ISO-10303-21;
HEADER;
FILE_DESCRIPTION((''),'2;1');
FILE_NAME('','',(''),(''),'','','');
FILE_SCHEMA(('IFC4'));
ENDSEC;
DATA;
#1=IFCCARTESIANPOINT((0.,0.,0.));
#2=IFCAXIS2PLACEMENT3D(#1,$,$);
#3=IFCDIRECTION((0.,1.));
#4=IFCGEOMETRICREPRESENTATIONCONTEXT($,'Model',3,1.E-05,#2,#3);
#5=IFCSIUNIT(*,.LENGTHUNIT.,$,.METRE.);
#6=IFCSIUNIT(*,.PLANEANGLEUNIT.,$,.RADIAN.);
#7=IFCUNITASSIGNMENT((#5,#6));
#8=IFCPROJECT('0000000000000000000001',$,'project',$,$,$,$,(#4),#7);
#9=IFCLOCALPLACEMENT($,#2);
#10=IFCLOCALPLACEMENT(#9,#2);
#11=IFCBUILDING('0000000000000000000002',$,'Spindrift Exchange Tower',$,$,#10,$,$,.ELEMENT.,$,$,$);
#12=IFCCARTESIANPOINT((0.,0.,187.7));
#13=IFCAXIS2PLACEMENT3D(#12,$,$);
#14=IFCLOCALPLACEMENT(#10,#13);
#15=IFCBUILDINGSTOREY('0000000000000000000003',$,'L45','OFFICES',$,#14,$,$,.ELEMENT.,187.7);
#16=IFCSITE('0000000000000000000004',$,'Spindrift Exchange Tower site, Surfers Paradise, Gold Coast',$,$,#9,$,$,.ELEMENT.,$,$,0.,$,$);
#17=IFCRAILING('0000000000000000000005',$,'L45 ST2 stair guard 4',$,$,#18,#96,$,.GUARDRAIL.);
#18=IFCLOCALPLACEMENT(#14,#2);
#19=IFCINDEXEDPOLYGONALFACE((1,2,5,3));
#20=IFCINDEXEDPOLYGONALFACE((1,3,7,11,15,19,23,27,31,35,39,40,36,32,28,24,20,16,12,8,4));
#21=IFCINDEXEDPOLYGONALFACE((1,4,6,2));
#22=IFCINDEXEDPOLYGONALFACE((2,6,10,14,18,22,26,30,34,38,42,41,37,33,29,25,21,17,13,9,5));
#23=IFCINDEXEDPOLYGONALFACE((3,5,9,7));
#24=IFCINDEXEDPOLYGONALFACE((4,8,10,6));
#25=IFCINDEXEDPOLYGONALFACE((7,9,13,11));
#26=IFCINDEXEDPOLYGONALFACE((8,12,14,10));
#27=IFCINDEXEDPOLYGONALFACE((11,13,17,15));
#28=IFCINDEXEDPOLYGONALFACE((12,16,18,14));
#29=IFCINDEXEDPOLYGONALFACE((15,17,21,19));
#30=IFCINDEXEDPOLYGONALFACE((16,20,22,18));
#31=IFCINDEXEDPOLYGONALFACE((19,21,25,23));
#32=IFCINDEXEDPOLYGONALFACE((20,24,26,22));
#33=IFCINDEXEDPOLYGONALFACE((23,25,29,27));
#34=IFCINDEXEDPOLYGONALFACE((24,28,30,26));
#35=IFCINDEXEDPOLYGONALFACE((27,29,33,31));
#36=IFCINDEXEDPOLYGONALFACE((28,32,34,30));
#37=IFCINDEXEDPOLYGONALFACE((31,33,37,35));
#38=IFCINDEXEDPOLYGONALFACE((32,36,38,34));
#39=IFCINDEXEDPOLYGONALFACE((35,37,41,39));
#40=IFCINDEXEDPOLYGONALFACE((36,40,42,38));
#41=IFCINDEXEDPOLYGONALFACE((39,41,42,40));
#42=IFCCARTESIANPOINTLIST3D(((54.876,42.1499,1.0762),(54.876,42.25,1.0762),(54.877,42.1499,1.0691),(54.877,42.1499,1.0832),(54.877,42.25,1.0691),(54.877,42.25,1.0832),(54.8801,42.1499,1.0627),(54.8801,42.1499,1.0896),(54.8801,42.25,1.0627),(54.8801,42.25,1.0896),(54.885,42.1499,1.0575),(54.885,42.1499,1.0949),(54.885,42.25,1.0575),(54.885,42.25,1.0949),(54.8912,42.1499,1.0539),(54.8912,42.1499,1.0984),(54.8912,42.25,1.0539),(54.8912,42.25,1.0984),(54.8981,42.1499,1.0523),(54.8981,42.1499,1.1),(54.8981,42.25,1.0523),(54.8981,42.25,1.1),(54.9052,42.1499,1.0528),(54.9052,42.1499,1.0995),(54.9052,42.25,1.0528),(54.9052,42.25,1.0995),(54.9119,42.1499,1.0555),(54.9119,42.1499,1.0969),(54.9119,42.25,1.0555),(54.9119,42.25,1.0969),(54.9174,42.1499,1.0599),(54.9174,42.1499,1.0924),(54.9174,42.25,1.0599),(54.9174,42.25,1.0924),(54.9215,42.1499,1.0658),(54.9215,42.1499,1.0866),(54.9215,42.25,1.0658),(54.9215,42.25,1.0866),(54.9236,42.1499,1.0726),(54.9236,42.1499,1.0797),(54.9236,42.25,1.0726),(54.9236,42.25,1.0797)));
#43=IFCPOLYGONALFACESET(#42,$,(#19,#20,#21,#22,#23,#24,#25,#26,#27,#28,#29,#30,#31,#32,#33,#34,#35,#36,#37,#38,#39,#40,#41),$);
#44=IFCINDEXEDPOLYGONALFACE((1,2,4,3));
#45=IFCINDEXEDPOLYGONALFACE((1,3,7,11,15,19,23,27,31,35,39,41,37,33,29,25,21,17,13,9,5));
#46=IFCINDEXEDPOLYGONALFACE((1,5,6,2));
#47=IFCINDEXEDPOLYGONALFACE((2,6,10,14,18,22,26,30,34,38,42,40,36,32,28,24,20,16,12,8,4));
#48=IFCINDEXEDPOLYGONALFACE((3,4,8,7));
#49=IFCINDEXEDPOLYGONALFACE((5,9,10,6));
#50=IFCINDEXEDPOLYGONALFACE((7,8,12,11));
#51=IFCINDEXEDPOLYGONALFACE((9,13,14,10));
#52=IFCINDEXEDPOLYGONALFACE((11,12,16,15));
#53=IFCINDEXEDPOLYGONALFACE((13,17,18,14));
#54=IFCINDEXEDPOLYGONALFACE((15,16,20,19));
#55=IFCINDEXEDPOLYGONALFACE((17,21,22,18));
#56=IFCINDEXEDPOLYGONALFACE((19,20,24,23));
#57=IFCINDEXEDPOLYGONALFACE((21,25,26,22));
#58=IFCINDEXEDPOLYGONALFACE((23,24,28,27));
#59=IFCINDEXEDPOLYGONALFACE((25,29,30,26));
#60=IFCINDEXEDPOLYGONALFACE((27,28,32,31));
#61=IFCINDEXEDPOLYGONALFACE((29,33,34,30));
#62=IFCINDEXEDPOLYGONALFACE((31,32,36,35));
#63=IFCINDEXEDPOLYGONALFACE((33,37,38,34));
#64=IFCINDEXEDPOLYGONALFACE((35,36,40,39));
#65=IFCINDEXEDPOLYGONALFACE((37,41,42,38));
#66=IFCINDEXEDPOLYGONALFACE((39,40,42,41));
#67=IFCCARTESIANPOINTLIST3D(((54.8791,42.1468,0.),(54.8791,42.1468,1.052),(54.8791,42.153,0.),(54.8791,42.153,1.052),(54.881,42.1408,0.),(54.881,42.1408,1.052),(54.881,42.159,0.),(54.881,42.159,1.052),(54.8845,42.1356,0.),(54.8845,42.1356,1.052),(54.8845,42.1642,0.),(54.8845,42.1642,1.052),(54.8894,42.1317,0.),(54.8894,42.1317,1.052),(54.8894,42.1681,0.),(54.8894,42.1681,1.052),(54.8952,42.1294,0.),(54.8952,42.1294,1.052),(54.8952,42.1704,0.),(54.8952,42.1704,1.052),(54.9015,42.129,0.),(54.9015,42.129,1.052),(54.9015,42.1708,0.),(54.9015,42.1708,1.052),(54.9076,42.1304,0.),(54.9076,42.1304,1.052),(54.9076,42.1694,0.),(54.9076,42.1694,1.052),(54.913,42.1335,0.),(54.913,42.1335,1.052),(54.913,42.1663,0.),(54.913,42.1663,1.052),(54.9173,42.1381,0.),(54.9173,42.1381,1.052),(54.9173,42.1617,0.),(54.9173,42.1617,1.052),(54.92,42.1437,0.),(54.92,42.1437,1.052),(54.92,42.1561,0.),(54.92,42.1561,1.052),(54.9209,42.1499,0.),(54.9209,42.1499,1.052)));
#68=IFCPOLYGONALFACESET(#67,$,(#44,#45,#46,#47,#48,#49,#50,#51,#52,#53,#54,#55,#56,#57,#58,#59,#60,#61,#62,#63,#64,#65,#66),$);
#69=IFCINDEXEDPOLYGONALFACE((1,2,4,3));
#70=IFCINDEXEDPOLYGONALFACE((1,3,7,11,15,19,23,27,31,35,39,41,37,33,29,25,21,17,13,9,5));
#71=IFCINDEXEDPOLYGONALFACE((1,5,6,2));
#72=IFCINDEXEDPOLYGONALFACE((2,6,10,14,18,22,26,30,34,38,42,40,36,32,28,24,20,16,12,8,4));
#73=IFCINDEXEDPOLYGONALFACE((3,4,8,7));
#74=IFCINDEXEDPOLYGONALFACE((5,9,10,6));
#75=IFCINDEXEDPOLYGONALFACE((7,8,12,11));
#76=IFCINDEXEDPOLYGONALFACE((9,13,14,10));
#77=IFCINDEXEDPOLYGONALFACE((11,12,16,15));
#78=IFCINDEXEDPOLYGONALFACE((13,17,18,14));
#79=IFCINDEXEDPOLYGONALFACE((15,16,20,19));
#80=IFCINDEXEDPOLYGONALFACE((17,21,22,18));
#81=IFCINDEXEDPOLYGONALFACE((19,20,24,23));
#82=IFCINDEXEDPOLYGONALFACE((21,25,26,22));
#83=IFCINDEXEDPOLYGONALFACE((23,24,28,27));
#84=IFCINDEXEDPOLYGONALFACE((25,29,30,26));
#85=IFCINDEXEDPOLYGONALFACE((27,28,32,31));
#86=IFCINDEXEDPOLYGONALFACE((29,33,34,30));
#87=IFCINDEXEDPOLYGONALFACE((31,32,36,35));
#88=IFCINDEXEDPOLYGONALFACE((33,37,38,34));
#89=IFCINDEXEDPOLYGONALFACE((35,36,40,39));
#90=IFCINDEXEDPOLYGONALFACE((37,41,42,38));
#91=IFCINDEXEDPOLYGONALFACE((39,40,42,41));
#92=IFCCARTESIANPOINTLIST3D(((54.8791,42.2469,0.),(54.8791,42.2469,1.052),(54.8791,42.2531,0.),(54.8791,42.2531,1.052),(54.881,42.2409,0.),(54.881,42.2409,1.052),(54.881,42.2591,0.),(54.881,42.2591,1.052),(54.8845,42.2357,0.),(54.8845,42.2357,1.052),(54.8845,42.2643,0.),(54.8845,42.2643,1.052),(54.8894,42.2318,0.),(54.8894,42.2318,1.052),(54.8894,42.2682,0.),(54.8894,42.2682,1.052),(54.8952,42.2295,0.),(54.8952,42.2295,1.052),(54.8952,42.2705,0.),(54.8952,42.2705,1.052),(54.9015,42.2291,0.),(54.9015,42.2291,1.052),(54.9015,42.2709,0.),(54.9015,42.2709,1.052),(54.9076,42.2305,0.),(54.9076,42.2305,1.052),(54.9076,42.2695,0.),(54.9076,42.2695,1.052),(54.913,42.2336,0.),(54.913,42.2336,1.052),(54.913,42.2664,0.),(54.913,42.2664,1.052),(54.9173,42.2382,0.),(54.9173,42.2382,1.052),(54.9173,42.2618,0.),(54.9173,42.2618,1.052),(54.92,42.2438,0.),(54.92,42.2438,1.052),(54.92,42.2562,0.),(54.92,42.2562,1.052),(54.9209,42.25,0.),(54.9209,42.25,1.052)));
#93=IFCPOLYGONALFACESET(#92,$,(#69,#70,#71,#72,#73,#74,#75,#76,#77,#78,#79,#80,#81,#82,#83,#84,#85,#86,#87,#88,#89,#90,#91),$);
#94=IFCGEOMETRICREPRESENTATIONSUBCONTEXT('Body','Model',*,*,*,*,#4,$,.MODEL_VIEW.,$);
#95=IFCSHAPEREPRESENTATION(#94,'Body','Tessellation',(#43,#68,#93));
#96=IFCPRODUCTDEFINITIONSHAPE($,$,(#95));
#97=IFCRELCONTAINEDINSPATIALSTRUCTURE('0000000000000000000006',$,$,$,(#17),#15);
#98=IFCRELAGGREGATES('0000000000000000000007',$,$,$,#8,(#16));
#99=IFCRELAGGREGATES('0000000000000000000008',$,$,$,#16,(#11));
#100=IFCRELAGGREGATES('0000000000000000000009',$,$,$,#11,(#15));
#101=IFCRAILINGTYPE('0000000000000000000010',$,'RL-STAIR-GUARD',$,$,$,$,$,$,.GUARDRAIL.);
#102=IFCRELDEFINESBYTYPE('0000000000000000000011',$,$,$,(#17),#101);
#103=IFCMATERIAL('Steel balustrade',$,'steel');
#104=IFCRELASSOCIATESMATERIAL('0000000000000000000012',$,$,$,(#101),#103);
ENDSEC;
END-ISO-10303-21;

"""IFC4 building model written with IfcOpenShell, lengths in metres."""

from ifc_helpers import new_model, si_unit, direction, frame, origin, origin_2d, place, context, subcontext, project, spatial, circle, extrude, material, type_object, element, save


model = new_model("IFC4")

# Units and contexts
model_context = context("Model", 3, precision=1e-05, world=origin(), true_north=direction((0.0, 1.0)))
body_context = subcontext(model_context, "Body", "Model", "MODEL_VIEW")
ifc_project = project(units=[si_unit("LENGTHUNIT", "METRE"), si_unit("PLANEANGLEUNIT", "RADIAN")], contexts=[model_context])

# Site, building, storey
site_placement = place(None, origin())
site = spatial("IfcSite", under=ifc_project, at=site_placement, Name="Spindrift Exchange Tower site, Surfers Paradise, Gold Coast", CompositionType="ELEMENT", RefElevation=0.0)
building_placement = place(site_placement, origin())
building = spatial("IfcBuilding", under=site, at=building_placement, Name="Spindrift Exchange Tower", CompositionType="ELEMENT")
storey_placement = place(building_placement, frame((0.0, 0.0, 187.7)))
storey = spatial("IfcBuildingStorey", under=building, at=storey_placement, Name="L45", Description="OFFICES", CompositionType="ELEMENT", Elevation=187.7)

# Railing
ifc_material_1 = material(Name="Steel balustrade", Category="steel")
railing_type_1 = type_object("IfcRailingType", Name="RL-STAIR-GUARD", PredefinedType="GUARDRAIL", material=ifc_material_1)
railing_1_placement = place(storey_placement, frame((54.8999, 42.1499, 0.0)))
element("IfcRailing", 1, at=railing_1_placement, inside=storey, type_object=railing_type_1, Name="L45 ST2 stair guard 4", PredefinedType="GUARDRAIL", context=body_context, shape_type="SweptSolid", body=[
    extrude(circle(Radius=0.0239, at=origin_2d()), frame((0.0, 0.0, 1.0762), z_axis=(0.0, 1.0, 0.0), x_axis=(-1.0, 0.0, 0.0)), (0.0, 0.0, 1.0), 0.1001),
    extrude(circle(Radius=0.021, at=origin_2d()), origin(), (0.0, 0.0, 1.0), 1.052),
    extrude(circle(Radius=0.021, at=origin_2d()), frame((0.0, 0.1001, 0.0)), (0.0, 0.0, 1.0), 1.052),
])

save(model, "model.ifc")
